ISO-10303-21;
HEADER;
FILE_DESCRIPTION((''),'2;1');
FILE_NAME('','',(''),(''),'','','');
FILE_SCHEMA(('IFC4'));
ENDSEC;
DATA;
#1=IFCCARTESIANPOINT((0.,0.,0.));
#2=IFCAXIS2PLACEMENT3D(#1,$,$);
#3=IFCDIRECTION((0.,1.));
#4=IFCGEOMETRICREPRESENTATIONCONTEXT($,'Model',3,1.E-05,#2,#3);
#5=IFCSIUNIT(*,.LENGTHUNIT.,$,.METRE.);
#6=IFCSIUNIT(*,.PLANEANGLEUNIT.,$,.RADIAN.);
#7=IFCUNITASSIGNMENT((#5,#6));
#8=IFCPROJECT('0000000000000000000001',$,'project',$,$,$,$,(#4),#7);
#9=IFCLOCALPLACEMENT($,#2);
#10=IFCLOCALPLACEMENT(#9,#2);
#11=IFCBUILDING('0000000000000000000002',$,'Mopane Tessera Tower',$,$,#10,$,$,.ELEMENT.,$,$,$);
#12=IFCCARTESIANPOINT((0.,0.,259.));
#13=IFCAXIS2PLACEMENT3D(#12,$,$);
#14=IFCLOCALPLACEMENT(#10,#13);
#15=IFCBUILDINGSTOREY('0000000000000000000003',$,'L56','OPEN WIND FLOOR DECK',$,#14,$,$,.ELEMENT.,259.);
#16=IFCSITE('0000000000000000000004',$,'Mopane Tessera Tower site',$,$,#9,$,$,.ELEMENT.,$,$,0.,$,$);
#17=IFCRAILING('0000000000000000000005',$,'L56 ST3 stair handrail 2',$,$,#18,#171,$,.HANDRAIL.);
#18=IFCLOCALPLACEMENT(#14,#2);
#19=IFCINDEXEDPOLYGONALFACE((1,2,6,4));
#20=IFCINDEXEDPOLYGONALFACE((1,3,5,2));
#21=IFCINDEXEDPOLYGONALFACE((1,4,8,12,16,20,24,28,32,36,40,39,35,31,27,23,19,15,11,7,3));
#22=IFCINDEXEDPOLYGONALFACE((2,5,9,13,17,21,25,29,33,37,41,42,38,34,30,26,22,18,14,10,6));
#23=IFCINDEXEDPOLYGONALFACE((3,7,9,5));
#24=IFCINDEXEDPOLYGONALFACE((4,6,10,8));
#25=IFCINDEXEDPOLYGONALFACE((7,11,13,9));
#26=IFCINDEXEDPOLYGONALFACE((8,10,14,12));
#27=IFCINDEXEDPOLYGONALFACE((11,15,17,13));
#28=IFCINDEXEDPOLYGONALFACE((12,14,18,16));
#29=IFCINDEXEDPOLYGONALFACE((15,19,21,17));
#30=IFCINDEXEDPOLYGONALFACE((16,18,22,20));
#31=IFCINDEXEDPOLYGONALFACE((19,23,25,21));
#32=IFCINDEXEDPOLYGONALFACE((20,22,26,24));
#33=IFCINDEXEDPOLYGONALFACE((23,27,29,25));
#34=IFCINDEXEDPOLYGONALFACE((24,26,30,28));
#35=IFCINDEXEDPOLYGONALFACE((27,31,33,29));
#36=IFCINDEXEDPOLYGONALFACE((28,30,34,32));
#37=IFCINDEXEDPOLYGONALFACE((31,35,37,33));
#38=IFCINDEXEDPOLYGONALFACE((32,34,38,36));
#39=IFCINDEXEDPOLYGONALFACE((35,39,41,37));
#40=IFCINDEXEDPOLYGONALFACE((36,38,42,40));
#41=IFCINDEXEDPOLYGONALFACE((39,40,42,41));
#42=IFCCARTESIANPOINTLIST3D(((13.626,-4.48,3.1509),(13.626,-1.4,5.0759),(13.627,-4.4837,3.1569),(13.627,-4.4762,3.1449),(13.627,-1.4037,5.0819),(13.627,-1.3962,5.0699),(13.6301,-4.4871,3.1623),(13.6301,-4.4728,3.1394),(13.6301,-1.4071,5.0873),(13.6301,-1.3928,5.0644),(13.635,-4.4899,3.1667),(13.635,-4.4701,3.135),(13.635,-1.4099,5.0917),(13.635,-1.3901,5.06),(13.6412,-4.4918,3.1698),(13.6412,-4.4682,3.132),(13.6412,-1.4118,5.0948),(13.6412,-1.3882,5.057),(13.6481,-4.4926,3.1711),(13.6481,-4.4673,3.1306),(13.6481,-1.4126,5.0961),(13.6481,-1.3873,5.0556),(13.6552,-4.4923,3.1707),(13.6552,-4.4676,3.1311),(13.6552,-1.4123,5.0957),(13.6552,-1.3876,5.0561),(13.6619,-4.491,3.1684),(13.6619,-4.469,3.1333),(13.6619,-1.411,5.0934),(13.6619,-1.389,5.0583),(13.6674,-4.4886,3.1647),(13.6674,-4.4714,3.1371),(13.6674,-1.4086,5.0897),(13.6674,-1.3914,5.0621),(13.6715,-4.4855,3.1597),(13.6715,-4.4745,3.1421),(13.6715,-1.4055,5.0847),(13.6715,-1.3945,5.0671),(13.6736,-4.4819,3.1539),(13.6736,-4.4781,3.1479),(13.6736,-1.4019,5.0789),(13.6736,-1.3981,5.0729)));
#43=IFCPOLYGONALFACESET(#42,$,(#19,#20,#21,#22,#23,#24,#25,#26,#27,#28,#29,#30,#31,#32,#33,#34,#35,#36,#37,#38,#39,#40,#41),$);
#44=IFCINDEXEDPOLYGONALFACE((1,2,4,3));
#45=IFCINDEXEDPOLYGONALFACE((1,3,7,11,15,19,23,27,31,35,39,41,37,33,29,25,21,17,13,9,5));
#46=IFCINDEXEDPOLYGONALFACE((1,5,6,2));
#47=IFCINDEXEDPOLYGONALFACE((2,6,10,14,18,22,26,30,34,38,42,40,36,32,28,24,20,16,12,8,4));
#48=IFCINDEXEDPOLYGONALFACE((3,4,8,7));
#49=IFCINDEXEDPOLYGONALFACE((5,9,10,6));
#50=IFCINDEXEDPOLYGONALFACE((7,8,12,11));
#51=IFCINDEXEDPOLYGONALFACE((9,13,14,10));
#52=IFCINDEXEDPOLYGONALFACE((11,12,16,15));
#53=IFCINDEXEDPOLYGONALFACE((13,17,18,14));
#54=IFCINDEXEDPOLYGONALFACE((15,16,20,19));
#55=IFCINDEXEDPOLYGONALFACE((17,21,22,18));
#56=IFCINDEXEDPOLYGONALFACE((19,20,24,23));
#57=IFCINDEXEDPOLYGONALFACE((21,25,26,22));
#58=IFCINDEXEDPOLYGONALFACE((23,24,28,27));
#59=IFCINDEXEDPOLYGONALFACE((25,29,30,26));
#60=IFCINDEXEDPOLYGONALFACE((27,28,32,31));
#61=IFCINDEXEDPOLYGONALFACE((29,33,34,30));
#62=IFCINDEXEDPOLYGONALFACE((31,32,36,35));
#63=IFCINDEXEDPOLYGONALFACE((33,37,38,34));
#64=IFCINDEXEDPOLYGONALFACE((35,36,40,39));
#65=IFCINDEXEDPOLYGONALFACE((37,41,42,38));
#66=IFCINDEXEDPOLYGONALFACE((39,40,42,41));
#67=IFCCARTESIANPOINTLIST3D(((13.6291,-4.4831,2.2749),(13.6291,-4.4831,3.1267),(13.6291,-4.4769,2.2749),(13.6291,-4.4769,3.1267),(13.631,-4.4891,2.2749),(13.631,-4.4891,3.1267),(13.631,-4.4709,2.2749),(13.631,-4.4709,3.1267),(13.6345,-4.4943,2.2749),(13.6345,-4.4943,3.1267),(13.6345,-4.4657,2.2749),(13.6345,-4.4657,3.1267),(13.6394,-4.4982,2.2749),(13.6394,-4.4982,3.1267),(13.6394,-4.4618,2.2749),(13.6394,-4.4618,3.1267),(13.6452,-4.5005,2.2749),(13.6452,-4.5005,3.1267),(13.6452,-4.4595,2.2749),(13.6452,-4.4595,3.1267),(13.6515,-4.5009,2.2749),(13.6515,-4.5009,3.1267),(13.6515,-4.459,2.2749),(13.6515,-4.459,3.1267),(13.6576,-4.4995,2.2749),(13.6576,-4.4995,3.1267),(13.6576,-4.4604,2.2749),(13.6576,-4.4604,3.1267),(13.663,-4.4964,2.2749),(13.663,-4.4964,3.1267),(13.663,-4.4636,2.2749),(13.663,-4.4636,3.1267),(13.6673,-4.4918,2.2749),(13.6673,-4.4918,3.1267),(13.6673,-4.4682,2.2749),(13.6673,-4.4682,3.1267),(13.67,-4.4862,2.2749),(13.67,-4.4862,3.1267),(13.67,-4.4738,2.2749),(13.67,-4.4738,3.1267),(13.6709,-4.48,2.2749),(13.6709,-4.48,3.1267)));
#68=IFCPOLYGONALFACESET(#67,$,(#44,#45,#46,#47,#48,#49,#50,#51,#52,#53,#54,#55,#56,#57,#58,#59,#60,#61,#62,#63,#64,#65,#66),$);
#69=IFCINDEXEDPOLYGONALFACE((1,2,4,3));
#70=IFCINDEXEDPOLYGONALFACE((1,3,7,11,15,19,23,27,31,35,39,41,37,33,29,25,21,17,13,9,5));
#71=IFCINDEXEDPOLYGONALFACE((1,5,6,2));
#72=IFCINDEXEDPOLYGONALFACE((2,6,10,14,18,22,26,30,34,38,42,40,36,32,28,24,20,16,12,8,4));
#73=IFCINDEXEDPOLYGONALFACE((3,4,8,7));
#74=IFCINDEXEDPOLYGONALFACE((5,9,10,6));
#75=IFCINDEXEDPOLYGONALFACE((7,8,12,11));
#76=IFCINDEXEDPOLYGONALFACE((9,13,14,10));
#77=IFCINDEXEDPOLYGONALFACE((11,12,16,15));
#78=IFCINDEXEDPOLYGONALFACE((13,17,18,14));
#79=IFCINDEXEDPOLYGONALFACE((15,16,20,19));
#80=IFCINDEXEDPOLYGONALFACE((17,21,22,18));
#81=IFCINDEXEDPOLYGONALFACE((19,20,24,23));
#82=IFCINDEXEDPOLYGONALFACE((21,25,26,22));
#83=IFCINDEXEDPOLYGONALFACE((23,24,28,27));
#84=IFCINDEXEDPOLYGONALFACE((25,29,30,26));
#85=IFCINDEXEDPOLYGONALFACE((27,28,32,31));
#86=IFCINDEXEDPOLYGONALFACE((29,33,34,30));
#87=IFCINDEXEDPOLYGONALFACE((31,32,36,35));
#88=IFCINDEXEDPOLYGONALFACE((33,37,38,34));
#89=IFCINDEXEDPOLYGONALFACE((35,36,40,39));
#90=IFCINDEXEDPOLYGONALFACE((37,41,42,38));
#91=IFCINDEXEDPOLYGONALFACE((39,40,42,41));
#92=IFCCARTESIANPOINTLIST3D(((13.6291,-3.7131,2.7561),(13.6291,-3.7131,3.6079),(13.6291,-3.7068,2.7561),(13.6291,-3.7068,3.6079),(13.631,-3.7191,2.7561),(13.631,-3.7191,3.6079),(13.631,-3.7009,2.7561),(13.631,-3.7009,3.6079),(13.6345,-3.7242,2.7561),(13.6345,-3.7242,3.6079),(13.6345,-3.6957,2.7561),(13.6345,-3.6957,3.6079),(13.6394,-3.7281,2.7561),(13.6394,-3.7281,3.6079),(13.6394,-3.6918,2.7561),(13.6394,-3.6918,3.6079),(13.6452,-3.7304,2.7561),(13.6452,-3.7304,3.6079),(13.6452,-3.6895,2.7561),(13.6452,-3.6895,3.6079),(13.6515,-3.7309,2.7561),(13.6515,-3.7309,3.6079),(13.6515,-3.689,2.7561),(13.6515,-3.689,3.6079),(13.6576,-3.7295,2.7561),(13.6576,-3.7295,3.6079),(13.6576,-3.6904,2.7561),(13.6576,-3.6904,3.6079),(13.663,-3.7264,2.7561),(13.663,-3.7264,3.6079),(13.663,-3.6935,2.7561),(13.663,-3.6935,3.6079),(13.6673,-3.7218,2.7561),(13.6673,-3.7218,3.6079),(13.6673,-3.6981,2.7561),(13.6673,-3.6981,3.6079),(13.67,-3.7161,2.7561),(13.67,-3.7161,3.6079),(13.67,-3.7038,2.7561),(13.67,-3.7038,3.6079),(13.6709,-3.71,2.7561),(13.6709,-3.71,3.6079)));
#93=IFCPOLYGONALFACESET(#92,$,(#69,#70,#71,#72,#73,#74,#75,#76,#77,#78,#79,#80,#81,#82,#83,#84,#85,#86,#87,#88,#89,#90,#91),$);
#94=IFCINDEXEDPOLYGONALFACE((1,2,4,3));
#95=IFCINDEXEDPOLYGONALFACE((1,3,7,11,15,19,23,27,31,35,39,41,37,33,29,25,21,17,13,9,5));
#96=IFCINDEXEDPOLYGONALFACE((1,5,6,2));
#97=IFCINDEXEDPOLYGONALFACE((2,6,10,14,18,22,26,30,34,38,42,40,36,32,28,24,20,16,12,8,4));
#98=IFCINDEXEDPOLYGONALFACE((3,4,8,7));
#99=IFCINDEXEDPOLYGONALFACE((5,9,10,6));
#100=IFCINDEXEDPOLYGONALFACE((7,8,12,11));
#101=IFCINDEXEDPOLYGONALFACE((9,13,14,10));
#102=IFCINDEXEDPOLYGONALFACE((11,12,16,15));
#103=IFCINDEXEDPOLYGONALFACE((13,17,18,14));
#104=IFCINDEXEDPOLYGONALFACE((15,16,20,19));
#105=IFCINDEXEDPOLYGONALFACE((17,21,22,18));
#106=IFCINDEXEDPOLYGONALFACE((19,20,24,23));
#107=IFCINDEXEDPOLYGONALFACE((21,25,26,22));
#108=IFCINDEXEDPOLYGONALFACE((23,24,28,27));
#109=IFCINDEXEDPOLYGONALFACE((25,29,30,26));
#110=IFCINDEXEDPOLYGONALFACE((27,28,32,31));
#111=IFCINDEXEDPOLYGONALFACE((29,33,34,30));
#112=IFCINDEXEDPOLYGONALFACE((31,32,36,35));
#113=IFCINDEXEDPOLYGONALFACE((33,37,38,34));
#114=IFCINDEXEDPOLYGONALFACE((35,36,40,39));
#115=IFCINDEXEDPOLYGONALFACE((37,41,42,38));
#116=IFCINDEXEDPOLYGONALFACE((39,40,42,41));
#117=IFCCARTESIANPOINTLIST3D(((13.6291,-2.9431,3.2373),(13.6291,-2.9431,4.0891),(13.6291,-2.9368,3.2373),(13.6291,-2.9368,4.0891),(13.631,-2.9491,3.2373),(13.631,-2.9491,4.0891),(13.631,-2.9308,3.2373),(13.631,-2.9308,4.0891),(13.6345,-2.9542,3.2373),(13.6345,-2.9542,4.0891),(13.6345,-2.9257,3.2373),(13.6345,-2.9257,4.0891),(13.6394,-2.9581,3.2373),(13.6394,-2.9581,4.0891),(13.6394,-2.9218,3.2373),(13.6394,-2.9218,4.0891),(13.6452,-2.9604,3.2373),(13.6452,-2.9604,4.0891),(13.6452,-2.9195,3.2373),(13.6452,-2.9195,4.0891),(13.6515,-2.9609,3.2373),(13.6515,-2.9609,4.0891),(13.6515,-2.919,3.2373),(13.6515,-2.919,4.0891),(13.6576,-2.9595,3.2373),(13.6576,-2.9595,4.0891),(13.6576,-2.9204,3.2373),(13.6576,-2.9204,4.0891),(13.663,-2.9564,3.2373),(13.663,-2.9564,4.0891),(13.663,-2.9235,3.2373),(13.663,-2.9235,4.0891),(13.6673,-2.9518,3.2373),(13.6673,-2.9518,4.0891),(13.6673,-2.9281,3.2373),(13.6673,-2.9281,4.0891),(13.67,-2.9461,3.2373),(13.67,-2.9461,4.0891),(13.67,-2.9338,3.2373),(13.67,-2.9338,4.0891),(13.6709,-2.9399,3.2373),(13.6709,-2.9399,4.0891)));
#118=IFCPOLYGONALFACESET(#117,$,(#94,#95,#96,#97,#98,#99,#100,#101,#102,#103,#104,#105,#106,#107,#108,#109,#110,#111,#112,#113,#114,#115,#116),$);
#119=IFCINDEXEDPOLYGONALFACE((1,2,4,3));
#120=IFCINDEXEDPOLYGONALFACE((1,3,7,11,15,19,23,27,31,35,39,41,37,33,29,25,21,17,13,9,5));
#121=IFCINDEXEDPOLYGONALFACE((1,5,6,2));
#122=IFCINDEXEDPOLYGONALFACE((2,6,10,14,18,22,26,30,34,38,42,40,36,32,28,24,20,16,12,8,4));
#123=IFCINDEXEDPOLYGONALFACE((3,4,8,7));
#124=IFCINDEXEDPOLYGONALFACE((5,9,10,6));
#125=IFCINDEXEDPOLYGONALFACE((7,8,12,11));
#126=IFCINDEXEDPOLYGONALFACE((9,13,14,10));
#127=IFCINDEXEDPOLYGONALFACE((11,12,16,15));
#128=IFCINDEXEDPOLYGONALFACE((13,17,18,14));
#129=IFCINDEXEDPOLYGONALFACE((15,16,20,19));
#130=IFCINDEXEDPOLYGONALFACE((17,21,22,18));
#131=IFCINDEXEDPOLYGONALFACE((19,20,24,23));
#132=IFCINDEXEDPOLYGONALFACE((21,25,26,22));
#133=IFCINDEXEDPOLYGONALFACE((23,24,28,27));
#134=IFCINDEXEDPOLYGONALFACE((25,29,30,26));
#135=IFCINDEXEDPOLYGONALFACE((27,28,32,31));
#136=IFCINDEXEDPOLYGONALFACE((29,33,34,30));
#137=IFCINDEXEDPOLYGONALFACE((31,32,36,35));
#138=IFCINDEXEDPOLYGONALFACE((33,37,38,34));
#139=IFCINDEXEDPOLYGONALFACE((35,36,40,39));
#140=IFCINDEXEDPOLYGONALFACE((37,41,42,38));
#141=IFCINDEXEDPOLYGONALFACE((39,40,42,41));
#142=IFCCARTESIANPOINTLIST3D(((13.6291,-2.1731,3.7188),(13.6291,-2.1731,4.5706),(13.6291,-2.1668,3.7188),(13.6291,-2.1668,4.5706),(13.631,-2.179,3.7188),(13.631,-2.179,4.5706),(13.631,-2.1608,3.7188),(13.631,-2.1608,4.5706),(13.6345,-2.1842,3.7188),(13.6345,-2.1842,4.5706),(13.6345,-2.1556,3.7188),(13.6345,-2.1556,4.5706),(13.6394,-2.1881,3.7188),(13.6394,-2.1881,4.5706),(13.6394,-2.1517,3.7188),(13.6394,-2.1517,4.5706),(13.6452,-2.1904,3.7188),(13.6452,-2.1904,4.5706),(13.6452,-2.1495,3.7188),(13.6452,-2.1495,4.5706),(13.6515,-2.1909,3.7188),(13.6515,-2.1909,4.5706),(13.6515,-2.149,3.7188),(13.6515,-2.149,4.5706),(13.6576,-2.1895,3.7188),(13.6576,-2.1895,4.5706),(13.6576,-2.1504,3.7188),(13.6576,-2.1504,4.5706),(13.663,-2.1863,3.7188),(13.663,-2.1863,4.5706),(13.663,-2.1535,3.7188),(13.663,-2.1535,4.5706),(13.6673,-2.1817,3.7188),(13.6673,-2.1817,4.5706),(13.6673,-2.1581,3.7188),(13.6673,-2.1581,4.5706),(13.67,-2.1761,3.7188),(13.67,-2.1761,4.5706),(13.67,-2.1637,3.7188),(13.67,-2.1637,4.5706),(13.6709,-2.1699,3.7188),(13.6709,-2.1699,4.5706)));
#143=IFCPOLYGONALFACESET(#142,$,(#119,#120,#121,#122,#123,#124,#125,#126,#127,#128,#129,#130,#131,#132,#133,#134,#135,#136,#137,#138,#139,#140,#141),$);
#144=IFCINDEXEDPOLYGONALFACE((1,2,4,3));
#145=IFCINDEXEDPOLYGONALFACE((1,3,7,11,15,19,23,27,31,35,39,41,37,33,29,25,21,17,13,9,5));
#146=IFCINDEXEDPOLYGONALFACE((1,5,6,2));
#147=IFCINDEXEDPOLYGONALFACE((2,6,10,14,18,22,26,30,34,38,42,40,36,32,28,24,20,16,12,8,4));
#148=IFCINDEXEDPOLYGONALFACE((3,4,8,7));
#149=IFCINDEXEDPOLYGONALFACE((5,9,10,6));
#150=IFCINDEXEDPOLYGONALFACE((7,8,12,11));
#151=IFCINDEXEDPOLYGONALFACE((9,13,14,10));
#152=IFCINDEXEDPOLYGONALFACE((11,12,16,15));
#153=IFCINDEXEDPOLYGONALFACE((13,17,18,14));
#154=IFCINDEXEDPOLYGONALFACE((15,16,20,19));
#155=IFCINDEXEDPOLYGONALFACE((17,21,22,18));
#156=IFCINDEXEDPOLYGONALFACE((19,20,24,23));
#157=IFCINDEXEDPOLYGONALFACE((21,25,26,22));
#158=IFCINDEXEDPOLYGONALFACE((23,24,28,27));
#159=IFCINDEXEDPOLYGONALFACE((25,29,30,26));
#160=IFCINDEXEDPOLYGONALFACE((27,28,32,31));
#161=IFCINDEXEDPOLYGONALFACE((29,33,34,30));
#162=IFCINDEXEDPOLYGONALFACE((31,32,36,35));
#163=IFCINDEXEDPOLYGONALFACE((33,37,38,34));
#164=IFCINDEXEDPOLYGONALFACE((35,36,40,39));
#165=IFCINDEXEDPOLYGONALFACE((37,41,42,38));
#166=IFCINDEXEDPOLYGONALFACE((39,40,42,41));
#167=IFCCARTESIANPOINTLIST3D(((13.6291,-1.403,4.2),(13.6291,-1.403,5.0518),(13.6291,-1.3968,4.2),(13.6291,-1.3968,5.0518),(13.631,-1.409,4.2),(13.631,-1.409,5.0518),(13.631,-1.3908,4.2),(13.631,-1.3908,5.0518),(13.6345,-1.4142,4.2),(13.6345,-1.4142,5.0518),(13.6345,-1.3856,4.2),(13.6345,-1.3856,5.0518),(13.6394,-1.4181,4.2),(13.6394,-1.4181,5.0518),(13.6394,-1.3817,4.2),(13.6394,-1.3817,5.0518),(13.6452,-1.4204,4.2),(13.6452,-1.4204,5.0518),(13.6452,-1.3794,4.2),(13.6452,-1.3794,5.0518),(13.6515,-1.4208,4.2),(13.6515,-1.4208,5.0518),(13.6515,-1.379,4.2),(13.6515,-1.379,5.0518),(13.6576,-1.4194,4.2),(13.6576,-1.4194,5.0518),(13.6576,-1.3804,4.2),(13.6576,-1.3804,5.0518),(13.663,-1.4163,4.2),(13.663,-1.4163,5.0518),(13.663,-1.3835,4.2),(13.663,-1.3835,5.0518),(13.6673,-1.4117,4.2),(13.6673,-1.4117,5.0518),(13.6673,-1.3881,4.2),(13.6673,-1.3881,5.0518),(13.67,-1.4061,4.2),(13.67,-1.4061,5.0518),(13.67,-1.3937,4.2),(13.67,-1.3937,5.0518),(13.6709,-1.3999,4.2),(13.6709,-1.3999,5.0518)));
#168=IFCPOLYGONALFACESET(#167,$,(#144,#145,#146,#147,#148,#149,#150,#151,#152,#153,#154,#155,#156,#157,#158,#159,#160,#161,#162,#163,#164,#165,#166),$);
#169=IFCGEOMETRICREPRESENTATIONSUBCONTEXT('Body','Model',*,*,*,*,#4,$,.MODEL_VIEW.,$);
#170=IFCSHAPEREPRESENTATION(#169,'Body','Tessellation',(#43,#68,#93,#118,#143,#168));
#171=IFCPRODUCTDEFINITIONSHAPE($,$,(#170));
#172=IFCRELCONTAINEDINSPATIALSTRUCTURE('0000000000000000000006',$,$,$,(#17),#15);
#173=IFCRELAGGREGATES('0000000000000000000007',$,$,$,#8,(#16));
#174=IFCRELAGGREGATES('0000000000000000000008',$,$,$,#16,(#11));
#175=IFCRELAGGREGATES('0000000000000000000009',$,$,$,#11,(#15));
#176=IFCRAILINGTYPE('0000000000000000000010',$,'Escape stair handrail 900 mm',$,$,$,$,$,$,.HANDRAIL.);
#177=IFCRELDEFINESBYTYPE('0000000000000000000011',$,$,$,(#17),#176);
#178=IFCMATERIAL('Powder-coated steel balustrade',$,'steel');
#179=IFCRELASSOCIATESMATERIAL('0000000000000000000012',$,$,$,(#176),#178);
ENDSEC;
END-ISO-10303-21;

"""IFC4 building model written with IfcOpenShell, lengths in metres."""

from ifc_helpers import new_model, si_unit, direction, frame, origin, origin_2d, place, context, subcontext, project, spatial, circle, extrude, material, type_object, element, save


model = new_model("IFC4")

# Units and contexts
model_context = context("Model", 3, precision=1e-05, world=origin(), true_north=direction((0.0, 1.0)))
body_context = subcontext(model_context, "Body", "Model", "MODEL_VIEW")
ifc_project = project(units=[si_unit("LENGTHUNIT", "METRE"), si_unit("PLANEANGLEUNIT", "RADIAN")], contexts=[model_context])

# Site, building, storey
site_placement = place(None, origin())
site = spatial("IfcSite", under=ifc_project, at=site_placement, Name="Mopane Tessera Tower site", CompositionType="ELEMENT", RefElevation=0.0)
building_placement = place(site_placement, origin())
building = spatial("IfcBuilding", under=site, at=building_placement, Name="Mopane Tessera Tower", CompositionType="ELEMENT")
storey_placement = place(building_placement, frame((0.0, 0.0, 259.0)))
storey = spatial("IfcBuildingStorey", under=building, at=storey_placement, Name="L56", Description="OPEN WIND FLOOR DECK", CompositionType="ELEMENT", Elevation=259.0)

# Railing
ifc_material_1 = material(Name="Powder-coated steel balustrade", Category="steel")
railing_type_1 = type_object("IfcRailingType", Name="Escape stair handrail 900 mm", PredefinedType="HANDRAIL", material=ifc_material_1)
railing_1_placement = place(storey_placement, frame((13.6499, -4.48, 2.2749)))
element("IfcRailing", 1, at=railing_1_placement, inside=storey, type_object=railing_type_1, Name="L56 ST3 stair handrail 2", PredefinedType="HANDRAIL", context=body_context, shape_type="SweptSolid", body=[
    extrude(circle(Radius=0.0239, at=origin_2d()), frame((0.0, 0.0, 0.876), z_axis=(0.0, 0.847998, 0.529999), x_axis=(-1.0, 0.0, 0.0)), (0.0, 0.0, 1.0), 3.6321),
    extrude(circle(Radius=0.021, at=origin_2d()), origin(), (0.0, 0.0, 1.0), 0.8518),
    extrude(circle(Radius=0.021, at=origin_2d()), frame((0.0, 0.77, 0.4812)), (0.0, 0.0, 1.0), 0.8518),
    extrude(circle(Radius=0.021, at=origin_2d()), frame((0.0, 1.54, 0.9624)), (0.0, 0.0, 1.0), 0.8518),
    extrude(circle(Radius=0.021, at=origin_2d()), frame((0.0, 2.3101, 1.4438)), (0.0, 0.0, 1.0), 0.8518),
    extrude(circle(Radius=0.021, at=origin_2d()), frame((0.0, 3.0801, 1.925)), (0.0, 0.0, 1.0), 0.8518),
])

save(model, "model.ifc")
